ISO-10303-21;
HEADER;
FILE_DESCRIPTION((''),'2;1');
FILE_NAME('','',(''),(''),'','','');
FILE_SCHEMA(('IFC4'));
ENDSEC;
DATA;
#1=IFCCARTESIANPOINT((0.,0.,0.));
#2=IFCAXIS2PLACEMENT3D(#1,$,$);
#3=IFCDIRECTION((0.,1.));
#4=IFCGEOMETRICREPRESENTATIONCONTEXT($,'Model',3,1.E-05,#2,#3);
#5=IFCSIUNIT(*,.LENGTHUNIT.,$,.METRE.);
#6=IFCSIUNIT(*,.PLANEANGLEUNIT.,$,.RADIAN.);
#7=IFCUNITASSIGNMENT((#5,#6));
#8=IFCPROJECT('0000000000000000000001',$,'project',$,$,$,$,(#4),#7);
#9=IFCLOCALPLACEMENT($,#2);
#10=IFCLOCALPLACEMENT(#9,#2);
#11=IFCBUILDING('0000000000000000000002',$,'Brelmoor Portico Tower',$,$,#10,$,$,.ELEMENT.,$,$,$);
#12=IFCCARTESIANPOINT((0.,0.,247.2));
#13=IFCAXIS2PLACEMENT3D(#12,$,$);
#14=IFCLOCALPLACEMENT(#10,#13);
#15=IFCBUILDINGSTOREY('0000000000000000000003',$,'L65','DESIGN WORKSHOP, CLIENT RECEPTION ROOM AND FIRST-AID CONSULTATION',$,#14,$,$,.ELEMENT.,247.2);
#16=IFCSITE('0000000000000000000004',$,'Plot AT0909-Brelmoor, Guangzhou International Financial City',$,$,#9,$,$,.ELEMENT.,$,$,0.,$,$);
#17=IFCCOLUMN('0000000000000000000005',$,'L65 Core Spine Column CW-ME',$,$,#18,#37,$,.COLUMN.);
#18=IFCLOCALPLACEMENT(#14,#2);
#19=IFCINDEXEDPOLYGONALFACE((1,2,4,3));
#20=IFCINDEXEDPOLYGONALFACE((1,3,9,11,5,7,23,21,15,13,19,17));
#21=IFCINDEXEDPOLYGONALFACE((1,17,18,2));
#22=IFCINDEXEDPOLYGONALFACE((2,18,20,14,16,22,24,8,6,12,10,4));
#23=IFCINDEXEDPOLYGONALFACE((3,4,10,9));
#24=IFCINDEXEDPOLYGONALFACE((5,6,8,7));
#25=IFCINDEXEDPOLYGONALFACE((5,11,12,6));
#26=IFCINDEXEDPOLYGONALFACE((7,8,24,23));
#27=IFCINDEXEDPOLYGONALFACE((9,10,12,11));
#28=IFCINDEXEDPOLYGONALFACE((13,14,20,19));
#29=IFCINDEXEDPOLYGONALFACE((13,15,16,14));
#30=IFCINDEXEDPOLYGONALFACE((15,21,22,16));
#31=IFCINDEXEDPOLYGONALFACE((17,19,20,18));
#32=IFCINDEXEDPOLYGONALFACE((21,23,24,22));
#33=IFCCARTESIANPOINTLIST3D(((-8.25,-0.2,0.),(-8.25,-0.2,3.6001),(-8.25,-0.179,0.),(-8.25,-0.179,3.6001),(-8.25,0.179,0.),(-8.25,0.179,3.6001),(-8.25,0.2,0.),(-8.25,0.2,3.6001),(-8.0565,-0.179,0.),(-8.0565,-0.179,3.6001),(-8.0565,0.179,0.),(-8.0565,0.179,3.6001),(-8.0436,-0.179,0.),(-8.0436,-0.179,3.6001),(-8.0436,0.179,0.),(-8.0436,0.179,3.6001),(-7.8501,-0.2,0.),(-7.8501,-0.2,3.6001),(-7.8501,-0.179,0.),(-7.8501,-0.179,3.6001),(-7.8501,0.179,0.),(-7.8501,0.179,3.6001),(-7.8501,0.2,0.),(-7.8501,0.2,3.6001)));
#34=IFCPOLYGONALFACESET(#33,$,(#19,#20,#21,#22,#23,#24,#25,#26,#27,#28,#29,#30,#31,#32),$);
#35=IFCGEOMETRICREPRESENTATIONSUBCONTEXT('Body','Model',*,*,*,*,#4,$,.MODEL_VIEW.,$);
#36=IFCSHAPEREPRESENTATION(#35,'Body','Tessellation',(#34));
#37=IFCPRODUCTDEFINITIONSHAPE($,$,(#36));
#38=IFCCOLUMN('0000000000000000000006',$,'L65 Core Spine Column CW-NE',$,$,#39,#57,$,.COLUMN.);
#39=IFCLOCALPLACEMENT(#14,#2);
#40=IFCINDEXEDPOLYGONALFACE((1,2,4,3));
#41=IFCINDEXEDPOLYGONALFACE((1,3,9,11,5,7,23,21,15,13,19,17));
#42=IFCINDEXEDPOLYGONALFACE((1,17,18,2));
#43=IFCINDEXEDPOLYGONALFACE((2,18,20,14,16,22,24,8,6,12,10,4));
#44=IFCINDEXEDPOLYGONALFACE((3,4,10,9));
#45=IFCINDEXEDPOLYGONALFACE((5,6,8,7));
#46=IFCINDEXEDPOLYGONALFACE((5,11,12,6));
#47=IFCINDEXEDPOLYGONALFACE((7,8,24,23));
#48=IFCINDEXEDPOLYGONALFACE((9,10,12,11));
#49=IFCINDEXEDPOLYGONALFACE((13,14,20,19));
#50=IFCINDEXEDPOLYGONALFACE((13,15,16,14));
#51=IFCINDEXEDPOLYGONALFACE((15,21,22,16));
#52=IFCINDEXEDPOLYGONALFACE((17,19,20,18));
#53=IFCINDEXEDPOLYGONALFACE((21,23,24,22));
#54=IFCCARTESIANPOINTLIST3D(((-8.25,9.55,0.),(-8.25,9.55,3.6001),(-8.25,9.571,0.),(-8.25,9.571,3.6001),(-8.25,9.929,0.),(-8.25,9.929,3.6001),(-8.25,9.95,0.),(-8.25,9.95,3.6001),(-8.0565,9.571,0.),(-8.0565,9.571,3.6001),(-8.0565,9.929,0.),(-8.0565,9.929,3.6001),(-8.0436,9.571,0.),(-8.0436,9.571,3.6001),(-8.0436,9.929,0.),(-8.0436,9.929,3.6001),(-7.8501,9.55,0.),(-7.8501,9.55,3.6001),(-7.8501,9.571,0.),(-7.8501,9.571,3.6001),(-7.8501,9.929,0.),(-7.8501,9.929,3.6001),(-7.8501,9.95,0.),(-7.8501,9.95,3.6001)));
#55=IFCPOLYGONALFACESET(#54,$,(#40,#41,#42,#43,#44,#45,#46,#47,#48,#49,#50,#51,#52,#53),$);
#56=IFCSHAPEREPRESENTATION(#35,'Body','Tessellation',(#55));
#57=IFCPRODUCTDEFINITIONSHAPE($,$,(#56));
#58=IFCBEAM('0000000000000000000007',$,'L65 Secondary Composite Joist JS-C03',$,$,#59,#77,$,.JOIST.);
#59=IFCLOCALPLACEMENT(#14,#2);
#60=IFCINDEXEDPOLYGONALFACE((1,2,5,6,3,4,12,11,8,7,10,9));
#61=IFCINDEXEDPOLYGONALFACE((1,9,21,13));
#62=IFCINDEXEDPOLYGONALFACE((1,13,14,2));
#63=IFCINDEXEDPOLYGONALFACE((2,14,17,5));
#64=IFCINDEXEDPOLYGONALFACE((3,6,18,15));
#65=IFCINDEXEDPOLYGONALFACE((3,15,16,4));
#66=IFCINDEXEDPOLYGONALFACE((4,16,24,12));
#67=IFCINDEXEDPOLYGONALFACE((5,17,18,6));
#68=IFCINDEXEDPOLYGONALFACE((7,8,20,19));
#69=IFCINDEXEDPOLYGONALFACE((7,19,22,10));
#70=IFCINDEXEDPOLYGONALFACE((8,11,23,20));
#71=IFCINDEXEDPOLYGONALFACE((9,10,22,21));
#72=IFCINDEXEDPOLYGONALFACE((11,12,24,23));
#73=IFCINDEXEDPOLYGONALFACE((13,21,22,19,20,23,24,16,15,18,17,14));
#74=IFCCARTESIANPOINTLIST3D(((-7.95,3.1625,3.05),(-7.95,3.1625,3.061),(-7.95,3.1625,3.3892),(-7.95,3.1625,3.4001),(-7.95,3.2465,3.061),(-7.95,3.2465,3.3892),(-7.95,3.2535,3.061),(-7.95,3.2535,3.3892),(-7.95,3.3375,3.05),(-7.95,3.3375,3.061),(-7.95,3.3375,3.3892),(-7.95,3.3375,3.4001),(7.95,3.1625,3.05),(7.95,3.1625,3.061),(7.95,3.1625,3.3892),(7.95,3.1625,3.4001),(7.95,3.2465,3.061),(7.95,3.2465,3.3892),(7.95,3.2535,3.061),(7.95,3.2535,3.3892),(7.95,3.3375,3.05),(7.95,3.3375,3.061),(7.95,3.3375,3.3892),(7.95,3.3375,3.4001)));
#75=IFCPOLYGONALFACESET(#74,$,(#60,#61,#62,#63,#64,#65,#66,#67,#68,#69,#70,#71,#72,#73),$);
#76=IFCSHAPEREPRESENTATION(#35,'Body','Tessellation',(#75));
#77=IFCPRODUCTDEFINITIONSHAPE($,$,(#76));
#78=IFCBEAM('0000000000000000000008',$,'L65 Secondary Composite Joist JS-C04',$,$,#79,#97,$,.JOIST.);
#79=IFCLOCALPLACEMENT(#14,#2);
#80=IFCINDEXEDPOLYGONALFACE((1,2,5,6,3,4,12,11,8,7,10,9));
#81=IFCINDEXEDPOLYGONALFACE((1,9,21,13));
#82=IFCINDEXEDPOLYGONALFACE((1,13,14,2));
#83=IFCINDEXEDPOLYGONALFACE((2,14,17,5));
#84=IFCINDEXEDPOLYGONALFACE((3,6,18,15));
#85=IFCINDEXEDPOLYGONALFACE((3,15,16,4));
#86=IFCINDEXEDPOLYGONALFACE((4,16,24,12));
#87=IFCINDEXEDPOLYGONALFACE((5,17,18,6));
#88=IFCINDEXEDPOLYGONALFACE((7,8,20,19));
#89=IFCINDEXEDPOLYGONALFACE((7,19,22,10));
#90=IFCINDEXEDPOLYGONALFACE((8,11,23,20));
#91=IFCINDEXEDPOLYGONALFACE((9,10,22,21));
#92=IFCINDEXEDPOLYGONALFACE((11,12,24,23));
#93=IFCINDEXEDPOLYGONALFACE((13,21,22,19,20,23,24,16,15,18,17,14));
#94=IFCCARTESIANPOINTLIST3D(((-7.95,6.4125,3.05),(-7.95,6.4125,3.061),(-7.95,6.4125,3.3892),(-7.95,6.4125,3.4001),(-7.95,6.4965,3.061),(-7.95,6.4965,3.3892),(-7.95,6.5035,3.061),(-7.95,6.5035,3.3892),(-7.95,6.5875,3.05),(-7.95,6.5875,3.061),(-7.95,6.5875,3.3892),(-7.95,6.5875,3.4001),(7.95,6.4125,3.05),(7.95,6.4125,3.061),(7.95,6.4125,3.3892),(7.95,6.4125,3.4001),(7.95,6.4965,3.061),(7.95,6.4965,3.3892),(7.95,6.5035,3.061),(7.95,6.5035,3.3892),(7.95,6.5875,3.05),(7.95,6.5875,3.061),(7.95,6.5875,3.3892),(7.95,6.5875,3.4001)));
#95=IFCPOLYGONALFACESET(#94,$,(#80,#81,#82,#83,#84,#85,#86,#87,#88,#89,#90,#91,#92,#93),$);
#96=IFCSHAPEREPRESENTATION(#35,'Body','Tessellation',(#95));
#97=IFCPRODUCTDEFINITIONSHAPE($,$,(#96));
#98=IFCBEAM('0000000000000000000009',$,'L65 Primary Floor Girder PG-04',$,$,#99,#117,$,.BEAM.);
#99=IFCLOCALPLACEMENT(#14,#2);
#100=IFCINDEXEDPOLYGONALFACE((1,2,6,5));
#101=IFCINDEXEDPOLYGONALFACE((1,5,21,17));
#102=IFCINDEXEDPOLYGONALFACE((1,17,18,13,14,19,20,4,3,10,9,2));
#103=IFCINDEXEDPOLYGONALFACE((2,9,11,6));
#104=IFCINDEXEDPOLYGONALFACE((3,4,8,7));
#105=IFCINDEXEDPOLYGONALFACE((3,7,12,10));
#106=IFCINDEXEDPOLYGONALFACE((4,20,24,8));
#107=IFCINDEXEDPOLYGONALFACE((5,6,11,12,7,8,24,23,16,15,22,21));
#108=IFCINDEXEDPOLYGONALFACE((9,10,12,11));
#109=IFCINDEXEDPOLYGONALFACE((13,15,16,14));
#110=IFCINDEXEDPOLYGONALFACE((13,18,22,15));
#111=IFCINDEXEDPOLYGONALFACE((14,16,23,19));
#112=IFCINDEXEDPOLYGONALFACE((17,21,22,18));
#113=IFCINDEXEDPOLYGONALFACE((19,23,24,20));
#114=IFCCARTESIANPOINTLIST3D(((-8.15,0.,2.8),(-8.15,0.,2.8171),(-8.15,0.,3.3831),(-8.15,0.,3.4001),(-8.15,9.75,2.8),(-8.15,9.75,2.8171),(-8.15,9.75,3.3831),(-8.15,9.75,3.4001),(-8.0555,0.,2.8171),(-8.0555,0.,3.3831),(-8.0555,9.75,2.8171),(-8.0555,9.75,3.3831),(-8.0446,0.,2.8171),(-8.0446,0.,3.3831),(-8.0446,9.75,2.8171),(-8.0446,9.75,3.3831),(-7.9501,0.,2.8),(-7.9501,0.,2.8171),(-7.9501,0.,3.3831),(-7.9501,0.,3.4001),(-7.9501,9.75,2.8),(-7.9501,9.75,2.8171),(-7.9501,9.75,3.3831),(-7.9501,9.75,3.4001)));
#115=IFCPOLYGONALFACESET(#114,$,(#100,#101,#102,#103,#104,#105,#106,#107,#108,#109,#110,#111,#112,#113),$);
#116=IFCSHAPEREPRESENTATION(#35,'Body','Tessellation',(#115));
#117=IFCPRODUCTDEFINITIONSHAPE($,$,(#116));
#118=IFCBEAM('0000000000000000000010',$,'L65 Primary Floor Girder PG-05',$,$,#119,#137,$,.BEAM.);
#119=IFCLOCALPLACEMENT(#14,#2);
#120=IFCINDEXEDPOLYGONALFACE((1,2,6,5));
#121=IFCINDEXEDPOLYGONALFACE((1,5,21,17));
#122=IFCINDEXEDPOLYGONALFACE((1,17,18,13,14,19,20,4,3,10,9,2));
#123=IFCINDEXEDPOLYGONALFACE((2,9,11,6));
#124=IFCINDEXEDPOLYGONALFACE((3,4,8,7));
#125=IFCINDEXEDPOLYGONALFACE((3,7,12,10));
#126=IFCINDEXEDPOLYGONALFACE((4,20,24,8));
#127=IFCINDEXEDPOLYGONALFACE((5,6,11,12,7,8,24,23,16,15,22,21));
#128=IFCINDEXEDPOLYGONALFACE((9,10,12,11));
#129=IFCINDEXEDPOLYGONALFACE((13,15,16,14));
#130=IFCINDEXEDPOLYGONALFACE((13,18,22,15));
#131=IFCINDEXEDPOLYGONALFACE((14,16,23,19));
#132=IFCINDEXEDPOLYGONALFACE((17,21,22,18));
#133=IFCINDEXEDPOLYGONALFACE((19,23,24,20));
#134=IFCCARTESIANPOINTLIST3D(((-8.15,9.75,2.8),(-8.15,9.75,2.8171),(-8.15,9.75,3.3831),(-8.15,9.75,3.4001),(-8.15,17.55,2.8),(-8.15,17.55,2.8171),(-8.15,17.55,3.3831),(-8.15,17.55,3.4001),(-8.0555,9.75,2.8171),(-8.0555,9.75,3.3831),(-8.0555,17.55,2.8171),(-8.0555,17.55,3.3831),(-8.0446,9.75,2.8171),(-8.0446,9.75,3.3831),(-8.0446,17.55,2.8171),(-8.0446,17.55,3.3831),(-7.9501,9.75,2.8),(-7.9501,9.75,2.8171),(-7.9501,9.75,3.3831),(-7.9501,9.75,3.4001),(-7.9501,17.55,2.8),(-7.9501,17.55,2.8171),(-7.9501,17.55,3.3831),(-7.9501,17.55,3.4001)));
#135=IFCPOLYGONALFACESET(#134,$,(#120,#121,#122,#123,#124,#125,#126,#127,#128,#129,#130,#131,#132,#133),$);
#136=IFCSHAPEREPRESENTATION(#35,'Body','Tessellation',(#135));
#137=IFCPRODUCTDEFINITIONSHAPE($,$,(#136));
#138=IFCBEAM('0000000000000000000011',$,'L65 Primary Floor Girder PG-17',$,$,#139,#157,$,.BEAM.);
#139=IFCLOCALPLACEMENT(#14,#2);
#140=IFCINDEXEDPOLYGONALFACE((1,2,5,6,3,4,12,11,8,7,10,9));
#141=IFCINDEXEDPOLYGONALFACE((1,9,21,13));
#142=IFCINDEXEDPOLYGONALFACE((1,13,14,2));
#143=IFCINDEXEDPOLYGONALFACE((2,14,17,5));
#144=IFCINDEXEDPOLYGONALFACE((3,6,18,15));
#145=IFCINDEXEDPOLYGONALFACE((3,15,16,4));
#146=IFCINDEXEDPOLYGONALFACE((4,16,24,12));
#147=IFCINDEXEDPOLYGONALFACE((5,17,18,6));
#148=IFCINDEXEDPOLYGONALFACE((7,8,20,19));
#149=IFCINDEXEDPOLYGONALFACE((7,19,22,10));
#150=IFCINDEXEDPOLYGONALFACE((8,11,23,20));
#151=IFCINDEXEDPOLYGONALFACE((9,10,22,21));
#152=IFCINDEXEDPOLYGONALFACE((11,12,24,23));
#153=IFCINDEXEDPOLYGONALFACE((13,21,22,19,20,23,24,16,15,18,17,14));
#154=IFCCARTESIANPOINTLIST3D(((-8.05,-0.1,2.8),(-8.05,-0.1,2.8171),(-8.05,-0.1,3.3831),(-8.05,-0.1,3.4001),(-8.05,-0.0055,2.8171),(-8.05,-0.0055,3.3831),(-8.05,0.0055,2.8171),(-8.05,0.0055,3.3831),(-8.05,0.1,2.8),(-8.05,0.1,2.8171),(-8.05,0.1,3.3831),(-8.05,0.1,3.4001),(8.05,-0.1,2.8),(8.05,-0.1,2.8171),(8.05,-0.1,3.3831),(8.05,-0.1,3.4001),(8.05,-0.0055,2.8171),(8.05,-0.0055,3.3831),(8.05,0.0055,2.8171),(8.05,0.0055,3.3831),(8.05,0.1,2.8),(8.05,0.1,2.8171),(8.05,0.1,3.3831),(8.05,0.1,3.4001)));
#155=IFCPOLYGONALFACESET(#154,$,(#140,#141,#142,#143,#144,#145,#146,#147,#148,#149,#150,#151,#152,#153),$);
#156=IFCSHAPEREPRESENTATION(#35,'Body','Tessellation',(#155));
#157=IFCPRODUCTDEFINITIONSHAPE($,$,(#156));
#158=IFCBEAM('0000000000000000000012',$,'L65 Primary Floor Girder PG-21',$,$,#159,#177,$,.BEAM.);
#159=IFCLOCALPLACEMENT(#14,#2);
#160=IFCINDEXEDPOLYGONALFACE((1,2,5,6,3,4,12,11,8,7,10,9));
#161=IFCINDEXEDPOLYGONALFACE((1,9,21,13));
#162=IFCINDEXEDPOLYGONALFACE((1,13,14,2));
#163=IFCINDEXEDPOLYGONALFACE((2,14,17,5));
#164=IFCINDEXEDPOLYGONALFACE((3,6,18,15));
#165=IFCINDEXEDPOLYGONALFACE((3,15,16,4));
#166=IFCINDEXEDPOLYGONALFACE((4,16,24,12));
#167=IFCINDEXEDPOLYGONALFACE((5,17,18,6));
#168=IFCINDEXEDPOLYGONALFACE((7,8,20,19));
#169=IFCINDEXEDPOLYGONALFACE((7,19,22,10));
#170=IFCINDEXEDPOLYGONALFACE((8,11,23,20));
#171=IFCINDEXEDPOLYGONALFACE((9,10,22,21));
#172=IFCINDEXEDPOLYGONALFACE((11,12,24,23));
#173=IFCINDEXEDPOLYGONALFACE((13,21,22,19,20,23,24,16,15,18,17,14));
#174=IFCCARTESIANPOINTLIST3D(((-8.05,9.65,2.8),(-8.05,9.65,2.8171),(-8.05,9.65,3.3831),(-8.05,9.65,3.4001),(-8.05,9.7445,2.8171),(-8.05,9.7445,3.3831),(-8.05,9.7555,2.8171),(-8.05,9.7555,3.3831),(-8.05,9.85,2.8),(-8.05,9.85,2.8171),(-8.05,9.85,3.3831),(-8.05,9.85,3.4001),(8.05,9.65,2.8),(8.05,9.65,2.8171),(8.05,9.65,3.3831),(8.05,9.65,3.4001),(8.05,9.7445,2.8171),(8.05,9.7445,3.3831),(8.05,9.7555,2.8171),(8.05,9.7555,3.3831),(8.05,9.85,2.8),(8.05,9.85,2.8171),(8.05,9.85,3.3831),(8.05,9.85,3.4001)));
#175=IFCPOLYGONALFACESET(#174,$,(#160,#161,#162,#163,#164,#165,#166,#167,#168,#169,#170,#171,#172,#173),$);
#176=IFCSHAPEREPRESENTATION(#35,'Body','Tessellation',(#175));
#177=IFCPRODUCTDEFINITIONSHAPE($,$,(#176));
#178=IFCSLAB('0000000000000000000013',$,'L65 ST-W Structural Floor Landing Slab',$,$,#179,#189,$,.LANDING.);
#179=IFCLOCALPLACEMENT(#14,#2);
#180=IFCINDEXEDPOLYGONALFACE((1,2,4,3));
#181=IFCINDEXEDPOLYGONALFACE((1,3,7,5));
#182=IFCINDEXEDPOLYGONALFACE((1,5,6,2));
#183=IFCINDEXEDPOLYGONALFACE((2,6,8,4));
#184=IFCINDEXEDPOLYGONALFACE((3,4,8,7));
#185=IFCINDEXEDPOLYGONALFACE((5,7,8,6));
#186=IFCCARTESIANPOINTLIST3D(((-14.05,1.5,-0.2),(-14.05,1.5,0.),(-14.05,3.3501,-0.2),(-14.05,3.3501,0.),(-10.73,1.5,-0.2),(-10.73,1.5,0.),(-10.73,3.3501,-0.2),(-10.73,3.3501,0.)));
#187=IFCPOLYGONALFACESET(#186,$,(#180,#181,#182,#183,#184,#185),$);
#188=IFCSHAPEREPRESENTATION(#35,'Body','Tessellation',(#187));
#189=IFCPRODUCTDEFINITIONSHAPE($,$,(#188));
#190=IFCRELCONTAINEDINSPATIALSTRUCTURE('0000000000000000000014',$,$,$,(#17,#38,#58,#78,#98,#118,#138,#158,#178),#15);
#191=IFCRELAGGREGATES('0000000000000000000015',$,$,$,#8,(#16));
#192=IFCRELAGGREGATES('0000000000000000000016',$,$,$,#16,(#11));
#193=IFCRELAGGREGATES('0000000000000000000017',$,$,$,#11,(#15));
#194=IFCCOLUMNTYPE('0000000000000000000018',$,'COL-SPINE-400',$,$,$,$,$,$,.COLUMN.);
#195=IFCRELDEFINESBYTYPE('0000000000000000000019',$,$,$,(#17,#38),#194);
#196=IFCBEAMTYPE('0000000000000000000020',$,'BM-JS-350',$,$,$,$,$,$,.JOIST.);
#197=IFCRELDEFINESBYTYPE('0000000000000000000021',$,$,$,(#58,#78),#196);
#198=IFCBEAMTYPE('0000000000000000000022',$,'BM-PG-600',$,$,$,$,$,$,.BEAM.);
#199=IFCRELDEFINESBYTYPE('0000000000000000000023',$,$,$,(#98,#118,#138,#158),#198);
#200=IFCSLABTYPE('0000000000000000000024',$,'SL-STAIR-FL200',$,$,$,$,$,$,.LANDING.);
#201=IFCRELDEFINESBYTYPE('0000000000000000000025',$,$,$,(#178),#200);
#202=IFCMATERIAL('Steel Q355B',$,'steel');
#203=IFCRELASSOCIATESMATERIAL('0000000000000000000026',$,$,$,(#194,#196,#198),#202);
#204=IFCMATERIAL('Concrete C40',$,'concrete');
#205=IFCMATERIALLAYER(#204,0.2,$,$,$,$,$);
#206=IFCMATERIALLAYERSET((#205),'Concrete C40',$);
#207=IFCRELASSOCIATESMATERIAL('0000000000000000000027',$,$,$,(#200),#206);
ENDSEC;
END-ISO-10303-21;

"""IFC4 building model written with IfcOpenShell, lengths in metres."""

from ifc_helpers import new_model, si_unit, direction, frame, origin, origin_2d, place, context, subcontext, project, spatial, polyline, i_section, outline, extrude, material, layer, layer_set, material_profile, profile_set, type_object, element, save


model = new_model("IFC4")

# Units and contexts
model_context = context("Model", 3, precision=1e-05, world=origin(), true_north=direction((0.0, 1.0)))
body_context = subcontext(model_context, "Body", "Model", "MODEL_VIEW")
ifc_project = project(units=[si_unit("LENGTHUNIT", "METRE"), si_unit("PLANEANGLEUNIT", "RADIAN")], contexts=[model_context])

# Site, building, storey
site_placement = place(None, origin())
site = spatial("IfcSite", under=ifc_project, at=site_placement, Name="Plot AT0909-Brelmoor, Guangzhou International Financial City", CompositionType="ELEMENT", RefElevation=0.0)
building_placement = place(site_placement, origin())
building = spatial("IfcBuilding", under=site, at=building_placement, Name="Brelmoor Portico Tower", CompositionType="ELEMENT")
storey_placement = place(building_placement, frame((0.0, 0.0, 247.2)))
storey = spatial("IfcBuildingStorey", under=building, at=storey_placement, Name="L65", Description="DESIGN WORKSHOP, CLIENT RECEPTION ROOM AND FIRST-AID CONSULTATION", CompositionType="ELEMENT", Elevation=247.2)

# Columns
ifc_material_1 = material(Name="Steel Q355B", Category="steel")
ifc_material_profile_1 = material_profile(ifc_material_1, i_section(OverallWidth=0.3999, OverallDepth=0.3999, WebThickness=0.0129, FlangeThickness=0.021, at=origin_2d()), Name="HW 400x400x13x21")
ifc_profile_set_1 = profile_set([ifc_material_profile_1], Name="Steel Q355B")
column_type = type_object("IfcColumnType", Name="COL-SPINE-400", PredefinedType="COLUMN", material=ifc_profile_set_1)
for number, where, z_axis, x_axis, name in (
    (1, (-8.05, 0.0, 0.0), (0.0, 0.0, 1.0), (1.0, 0.0, 0.0), "L65 Core Spine Column CW-ME"),
    (2, (-8.05, 9.75, 0.0), (0.0, 0.0, 1.0), (1.0, 0.0, 0.0), "L65 Core Spine Column CW-NE"),
):
    element("IfcColumn", number, at=place(storey_placement, frame(where, z_axis=z_axis, x_axis=x_axis)), inside=storey, type_object=column_type, Name=name, PredefinedType="COLUMN", context=body_context, shape_type="SweptSolid", body=[
        extrude(i_section(OverallWidth=0.3999, OverallDepth=0.3999, WebThickness=0.0129, FlangeThickness=0.021, at=origin_2d()), origin(), (0.0, 0.0, 1.0), 3.6001),
    ])

# Beams
ifc_material_profile_2 = material_profile(ifc_material_1, i_section(OverallWidth=0.175, OverallDepth=0.3501, WebThickness=0.0071, FlangeThickness=0.011, at=origin_2d()), Name="HN 350x175x7x11")
ifc_profile_set_2 = profile_set([ifc_material_profile_2], Name="Steel Q355B")
beam_type_1 = type_object("IfcBeamType", Name="BM-JS-350", PredefinedType="JOIST", material=ifc_profile_set_2)
for number, where, z_axis, x_axis, name in (
    (3, (-7.95, 3.25, 3.2251), (1.0, 0.0, 0.0), (0.0, 1.0, 0.0), "L65 Secondary Composite Joist JS-C03"),
    (4, (-7.95, 6.5, 3.2251), (1.0, 0.0, 0.0), (0.0, 1.0, 0.0), "L65 Secondary Composite Joist JS-C04"),
):
    element("IfcBeam", number, at=place(storey_placement, frame(where, z_axis=z_axis, x_axis=x_axis)), inside=storey, type_object=beam_type_1, Name=name, PredefinedType="JOIST", context=body_context, shape_type="SweptSolid", body=[
        extrude(i_section(OverallWidth=0.175, OverallDepth=0.3501, WebThickness=0.0071, FlangeThickness=0.011, at=origin_2d()), origin(), (0.0, 0.0, 1.0), 15.8999),
    ])
ifc_material_profile_3 = material_profile(ifc_material_1, i_section(OverallWidth=0.2, OverallDepth=0.6001, WebThickness=0.011, FlangeThickness=0.0171, at=origin_2d()), Name="HN 600x200x11x17")
ifc_profile_set_3 = profile_set([ifc_material_profile_3], Name="Steel Q355B")
beam_type_2 = type_object("IfcBeamType", Name="BM-PG-600", PredefinedType="BEAM", material=ifc_profile_set_3)
beam_1_placement = place(storey_placement, frame((-8.05, 0.0, 3.1001), z_axis=(0.0, 1.0, 0.0), x_axis=(-1.0, 0.0, 0.0)))
element("IfcBeam", 5, at=beam_1_placement, inside=storey, type_object=beam_type_2, Name="L65 Primary Floor Girder PG-04", PredefinedType="BEAM", context=body_context, shape_type="SweptSolid", body=[
    extrude(i_section(OverallWidth=0.2, OverallDepth=0.6001, WebThickness=0.011, FlangeThickness=0.0171, at=origin_2d()), origin(), (0.0, 0.0, 1.0), 9.75),
])
beam_2_placement = place(storey_placement, frame((-8.05, 9.75, 3.1001), z_axis=(0.0, 1.0, 0.0), x_axis=(-1.0, 0.0, 0.0)))
element("IfcBeam", 6, at=beam_2_placement, inside=storey, type_object=beam_type_2, Name="L65 Primary Floor Girder PG-05", PredefinedType="BEAM", context=body_context, shape_type="SweptSolid", body=[
    extrude(i_section(OverallWidth=0.2, OverallDepth=0.6001, WebThickness=0.011, FlangeThickness=0.0171, at=origin_2d()), origin(), (0.0, 0.0, 1.0), 7.8),
])
for number, where, z_axis, x_axis, name in (
    (7, (-8.05, 0.0, 3.1001), (1.0, 0.0, 0.0), (0.0, 1.0, 0.0), "L65 Primary Floor Girder PG-17"),
    (8, (-8.05, 9.75, 3.1001), (1.0, 0.0, 0.0), (0.0, 1.0, 0.0), "L65 Primary Floor Girder PG-21"),
):
    element("IfcBeam", number, at=place(storey_placement, frame(where, z_axis=z_axis, x_axis=x_axis)), inside=storey, type_object=beam_type_2, Name=name, PredefinedType="BEAM", context=body_context, shape_type="SweptSolid", body=[
        extrude(i_section(OverallWidth=0.2, OverallDepth=0.6001, WebThickness=0.011, FlangeThickness=0.0171, at=origin_2d()), origin(), (0.0, 0.0, 1.0), 16.1001),
    ])

# Slab
ifc_material_2 = material(Name="Concrete C40", Category="concrete")
ifc_layer_1 = layer(ifc_material_2, 0.2)
ifc_layer_set_1 = layer_set([ifc_layer_1], Name="Concrete C40")
slab_type = type_object("IfcSlabType", Name="SL-STAIR-FL200", PredefinedType="LANDING", material=ifc_layer_set_1)
slab_1_placement = place(storey_placement, frame((0.0, 0.0, -0.2)))
element("IfcSlab", 9, at=slab_1_placement, inside=storey, type_object=slab_type, Name="L65 ST-W Structural Floor Landing Slab", PredefinedType="LANDING", context=body_context, shape_type="SweptSolid", body=[
    extrude(outline(polyline([(-10.73, 1.5), (-10.73, 3.3501), (-14.05, 3.3501), (-14.05, 1.5), (-10.73, 1.5)])), origin(), (0.0, 0.0, 1.0), 0.2),
])

save(model, "model.ifc")
